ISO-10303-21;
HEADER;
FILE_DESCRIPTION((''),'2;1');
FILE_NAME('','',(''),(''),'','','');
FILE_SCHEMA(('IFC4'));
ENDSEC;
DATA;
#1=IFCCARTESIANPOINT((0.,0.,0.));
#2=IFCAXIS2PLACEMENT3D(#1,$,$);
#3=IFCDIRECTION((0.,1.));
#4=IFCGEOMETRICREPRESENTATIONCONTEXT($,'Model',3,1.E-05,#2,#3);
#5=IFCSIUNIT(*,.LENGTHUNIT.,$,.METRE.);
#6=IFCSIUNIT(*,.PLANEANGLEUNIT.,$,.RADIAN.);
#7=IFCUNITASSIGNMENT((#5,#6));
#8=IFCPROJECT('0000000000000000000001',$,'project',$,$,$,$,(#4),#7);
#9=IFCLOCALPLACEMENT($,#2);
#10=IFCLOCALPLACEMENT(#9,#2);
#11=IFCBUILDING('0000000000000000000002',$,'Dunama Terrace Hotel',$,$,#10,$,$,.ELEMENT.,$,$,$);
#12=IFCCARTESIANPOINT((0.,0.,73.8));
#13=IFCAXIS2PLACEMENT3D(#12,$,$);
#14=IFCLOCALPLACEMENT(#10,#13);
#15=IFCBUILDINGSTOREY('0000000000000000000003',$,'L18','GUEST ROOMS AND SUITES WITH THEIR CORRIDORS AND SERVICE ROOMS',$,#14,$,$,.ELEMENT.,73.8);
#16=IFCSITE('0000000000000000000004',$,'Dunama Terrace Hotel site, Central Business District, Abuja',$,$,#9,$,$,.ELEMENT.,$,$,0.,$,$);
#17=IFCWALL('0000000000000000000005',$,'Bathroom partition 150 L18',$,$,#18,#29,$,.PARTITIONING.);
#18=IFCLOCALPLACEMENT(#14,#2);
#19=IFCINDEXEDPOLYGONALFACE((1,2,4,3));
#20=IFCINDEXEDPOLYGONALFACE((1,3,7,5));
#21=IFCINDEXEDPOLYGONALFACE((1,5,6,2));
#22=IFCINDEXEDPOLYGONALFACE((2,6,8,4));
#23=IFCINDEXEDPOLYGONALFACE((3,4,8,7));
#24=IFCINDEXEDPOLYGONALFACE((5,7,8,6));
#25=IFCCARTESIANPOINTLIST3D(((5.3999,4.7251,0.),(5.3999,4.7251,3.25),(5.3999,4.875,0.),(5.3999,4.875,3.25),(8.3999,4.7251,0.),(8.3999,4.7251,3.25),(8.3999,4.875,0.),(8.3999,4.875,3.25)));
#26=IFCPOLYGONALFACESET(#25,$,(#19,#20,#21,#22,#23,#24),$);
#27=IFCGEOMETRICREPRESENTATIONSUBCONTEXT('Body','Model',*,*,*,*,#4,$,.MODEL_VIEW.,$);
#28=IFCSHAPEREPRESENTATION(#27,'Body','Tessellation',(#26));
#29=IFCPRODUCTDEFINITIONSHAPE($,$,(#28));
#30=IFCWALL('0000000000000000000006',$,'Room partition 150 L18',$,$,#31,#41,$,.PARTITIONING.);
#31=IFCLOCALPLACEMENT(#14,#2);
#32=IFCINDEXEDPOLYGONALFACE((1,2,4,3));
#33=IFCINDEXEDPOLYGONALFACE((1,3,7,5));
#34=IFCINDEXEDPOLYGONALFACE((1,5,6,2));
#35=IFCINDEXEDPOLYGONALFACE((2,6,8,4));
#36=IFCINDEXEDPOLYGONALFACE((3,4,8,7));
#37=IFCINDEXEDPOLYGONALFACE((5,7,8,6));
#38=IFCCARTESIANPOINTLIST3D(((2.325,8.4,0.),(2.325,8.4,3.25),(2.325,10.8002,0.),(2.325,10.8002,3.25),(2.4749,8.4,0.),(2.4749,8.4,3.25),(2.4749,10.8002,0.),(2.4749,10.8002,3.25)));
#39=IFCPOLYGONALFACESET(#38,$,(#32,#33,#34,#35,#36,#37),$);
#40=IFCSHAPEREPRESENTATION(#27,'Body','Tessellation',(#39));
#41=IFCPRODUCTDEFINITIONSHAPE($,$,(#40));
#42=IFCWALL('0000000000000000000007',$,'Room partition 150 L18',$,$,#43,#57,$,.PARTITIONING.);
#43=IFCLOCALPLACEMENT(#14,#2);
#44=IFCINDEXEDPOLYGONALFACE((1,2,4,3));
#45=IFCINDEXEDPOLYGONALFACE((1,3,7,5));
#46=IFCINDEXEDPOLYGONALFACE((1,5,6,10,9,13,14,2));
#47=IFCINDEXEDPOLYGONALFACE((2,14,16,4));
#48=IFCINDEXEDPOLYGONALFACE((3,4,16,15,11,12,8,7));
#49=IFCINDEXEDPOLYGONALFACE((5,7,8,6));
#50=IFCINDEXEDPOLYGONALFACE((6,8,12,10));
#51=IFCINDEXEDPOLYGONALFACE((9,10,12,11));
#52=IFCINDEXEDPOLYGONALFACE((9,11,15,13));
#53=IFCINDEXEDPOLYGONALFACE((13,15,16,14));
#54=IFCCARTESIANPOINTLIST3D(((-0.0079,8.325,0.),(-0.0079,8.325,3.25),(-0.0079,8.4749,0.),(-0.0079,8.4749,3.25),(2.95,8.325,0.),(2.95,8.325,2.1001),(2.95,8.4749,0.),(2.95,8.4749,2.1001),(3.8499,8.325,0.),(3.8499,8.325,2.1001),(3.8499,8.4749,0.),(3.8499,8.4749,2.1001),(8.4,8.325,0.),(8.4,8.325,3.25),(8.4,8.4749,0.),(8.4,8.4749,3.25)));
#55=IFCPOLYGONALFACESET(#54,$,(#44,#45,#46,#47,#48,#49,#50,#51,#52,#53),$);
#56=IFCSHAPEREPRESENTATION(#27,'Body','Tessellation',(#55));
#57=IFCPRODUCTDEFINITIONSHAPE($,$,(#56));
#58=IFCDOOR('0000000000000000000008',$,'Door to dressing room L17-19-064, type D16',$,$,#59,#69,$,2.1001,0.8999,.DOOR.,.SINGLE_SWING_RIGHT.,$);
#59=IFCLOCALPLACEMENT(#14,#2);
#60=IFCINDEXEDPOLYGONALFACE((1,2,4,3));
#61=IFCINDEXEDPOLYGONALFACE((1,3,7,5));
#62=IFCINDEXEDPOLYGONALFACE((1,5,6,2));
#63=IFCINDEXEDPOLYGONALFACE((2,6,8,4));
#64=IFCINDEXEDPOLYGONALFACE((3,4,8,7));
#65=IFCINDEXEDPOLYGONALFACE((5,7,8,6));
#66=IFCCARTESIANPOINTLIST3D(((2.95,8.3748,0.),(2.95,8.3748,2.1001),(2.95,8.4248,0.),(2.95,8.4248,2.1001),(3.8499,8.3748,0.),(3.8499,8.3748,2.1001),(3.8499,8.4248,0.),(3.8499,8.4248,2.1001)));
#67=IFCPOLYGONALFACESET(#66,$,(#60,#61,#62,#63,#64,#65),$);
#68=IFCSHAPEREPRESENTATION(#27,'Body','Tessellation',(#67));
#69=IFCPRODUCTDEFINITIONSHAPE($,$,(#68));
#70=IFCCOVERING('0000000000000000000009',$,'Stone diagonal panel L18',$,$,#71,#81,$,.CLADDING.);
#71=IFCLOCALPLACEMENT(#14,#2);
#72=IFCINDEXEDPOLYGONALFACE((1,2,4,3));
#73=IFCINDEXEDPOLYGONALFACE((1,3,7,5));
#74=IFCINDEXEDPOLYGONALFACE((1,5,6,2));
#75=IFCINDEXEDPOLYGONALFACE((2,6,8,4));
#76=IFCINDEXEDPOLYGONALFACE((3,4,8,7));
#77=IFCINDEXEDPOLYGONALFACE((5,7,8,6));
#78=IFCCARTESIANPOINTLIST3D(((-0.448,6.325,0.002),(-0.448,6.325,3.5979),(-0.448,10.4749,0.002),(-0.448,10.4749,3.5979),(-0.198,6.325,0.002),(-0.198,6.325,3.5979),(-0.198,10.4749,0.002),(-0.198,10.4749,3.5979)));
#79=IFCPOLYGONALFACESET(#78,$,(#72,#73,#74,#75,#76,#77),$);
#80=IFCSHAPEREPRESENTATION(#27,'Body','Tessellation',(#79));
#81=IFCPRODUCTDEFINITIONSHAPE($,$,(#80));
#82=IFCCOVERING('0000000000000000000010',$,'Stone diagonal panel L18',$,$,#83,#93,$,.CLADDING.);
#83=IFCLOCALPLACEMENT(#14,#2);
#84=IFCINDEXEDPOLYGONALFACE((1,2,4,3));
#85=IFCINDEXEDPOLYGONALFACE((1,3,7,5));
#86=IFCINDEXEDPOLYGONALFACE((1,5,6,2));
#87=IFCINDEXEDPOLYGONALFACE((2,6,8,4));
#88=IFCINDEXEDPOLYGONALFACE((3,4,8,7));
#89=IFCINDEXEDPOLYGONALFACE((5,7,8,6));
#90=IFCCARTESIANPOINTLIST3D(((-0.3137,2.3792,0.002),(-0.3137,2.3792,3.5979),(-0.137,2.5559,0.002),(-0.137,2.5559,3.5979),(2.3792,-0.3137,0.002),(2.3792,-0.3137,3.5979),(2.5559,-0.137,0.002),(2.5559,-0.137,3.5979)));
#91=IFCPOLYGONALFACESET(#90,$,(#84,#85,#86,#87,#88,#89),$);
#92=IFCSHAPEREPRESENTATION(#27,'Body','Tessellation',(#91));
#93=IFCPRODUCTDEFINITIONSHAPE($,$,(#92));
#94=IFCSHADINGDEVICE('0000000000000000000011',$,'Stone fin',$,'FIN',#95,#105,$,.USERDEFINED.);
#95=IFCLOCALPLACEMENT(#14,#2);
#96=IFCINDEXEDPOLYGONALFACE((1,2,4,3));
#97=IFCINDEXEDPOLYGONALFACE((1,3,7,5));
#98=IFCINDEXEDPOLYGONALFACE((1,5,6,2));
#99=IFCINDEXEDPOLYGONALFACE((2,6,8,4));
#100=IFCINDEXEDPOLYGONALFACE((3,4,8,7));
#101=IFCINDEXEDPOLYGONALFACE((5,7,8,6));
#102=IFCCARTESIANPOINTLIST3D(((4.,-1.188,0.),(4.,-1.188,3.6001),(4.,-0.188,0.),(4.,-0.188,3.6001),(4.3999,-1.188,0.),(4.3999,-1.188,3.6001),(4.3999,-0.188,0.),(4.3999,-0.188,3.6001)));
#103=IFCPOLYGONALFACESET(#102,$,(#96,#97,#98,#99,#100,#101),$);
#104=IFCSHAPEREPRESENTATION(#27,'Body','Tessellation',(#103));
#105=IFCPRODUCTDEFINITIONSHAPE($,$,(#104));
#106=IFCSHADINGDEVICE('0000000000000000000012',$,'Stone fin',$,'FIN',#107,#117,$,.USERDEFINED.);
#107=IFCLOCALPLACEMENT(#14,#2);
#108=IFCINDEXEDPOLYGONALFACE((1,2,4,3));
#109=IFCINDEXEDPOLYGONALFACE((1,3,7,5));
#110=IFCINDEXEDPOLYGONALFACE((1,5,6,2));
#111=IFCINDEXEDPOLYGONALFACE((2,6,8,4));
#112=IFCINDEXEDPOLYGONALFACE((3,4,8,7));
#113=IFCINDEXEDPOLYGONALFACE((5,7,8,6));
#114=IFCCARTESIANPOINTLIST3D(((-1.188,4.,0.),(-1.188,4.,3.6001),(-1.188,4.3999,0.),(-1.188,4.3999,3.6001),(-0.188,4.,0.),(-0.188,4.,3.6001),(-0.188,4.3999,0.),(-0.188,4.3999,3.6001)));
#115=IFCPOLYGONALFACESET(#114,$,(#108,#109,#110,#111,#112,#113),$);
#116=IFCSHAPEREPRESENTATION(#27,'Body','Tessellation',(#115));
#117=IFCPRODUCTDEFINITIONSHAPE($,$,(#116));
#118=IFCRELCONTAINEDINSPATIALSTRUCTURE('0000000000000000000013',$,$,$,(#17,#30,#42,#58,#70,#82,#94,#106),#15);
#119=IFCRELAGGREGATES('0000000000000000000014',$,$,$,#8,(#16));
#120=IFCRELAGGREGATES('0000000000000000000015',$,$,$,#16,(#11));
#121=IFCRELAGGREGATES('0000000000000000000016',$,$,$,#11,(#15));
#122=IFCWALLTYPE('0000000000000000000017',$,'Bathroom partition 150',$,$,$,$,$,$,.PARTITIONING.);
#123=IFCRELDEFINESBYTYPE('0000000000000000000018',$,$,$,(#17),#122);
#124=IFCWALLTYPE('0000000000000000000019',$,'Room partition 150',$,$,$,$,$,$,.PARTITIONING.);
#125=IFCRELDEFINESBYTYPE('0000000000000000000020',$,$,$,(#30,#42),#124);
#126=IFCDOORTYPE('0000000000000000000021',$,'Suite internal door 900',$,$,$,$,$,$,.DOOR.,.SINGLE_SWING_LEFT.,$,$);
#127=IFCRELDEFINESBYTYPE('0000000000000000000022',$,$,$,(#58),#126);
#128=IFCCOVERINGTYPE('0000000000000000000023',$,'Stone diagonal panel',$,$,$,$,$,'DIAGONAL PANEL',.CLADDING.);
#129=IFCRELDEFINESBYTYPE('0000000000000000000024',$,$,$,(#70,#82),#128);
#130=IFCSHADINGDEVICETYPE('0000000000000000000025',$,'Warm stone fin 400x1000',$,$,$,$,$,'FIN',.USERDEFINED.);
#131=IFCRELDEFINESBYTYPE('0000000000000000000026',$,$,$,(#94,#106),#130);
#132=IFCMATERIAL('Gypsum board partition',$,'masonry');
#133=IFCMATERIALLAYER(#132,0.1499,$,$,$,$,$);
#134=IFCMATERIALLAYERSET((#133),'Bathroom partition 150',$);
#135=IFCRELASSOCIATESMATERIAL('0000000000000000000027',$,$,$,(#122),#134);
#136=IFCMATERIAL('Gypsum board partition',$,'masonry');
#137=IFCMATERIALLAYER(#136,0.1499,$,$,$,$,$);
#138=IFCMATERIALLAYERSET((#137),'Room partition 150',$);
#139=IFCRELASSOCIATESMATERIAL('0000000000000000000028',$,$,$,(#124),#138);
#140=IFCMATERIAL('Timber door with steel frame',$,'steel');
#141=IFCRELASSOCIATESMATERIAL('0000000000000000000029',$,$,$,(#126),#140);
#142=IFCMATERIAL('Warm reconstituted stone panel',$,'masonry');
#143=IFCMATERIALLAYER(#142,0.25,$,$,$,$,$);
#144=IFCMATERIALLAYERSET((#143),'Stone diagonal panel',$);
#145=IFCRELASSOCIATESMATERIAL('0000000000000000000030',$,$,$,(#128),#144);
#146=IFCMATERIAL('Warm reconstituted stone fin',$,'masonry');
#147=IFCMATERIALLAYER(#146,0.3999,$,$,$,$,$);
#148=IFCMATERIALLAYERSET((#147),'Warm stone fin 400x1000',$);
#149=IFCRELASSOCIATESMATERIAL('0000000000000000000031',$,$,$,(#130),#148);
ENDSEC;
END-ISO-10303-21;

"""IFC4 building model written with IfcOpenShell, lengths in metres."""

from ifc_helpers import new_model, si_unit, direction, frame, frame_2d, origin, origin_2d, place, context, subcontext, project, spatial, rectangle, extrude, material, layer, layer_set, type_object, element, fill, save


model = new_model("IFC4")

# Units and contexts
model_context = context("Model", 3, precision=1e-05, world=origin(), true_north=direction((0.0, 1.0)))
body_context = subcontext(model_context, "Body", "Model", "MODEL_VIEW")
ifc_project = project(units=[si_unit("LENGTHUNIT", "METRE"), si_unit("PLANEANGLEUNIT", "RADIAN")], contexts=[model_context])

# Site, building, storey
site_placement = place(None, origin())
site = spatial("IfcSite", under=ifc_project, at=site_placement, Name="Dunama Terrace Hotel site, Central Business District, Abuja", CompositionType="ELEMENT", RefElevation=0.0)
building_placement = place(site_placement, origin())
building = spatial("IfcBuilding", under=site, at=building_placement, Name="Dunama Terrace Hotel", CompositionType="ELEMENT")
storey_placement = place(building_placement, frame((0.0, 0.0, 73.8)))
storey = spatial("IfcBuildingStorey", under=building, at=storey_placement, Name="L18", Description="GUEST ROOMS AND SUITES WITH THEIR CORRIDORS AND SERVICE ROOMS", CompositionType="ELEMENT", Elevation=73.8)

# Shared definitions
ifc_material_1 = material(Name="Gypsum board partition", Category="masonry")
ifc_layer_1 = layer(ifc_material_1, 0.1499)
ifc_layer_set_1 = layer_set([ifc_layer_1], Name="Bathroom partition 150")
wall_type_1 = type_object("IfcWallType", Name="Bathroom partition 150", PredefinedType="PARTITIONING", material=ifc_layer_set_1)

# Walls
wall_1_placement = place(storey_placement, frame((5.3999, 4.8, 0.0), z_axis=(0.0, 0.0, 1.0), x_axis=(1.0, 0.0, 0.0)))
element("IfcWall", 1, at=wall_1_placement, inside=storey, type_object=wall_type_1, Name="Bathroom partition 150 L18", PredefinedType="PARTITIONING", context=body_context, shape_type="SweptSolid", body=[
    extrude(rectangle(XDim=3.0, YDim=0.1499, at=frame_2d((1.5, 0.0))), origin(), (0.0, 0.0, 1.0), 3.25),
])
ifc_material_2 = material(Name="Gypsum board partition", Category="masonry")
ifc_layer_2 = layer(ifc_material_2, 0.1499)
ifc_layer_set_2 = layer_set([ifc_layer_2], Name="Room partition 150")
wall_type_2 = type_object("IfcWallType", Name="Room partition 150", PredefinedType="PARTITIONING", material=ifc_layer_set_2)
wall_2_placement = place(storey_placement, frame((2.3999, 8.3999, 0.0), z_axis=(0.0, 0.0, 1.0), x_axis=(0.0, 1.0, 0.0)))
element("IfcWall", 2, at=wall_2_placement, inside=storey, type_object=wall_type_2, Name="Room partition 150 L18", PredefinedType="PARTITIONING", context=body_context, shape_type="SweptSolid", body=[
    extrude(rectangle(XDim=2.4001, YDim=0.1499, at=frame_2d((1.2002, 0.0))), origin(), (0.0, 0.0, 1.0), 3.25),
])

# Wall, opening, door
wall_3_placement = place(storey_placement, frame((-0.0081, 8.3999, 0.0), z_axis=(0.0, 0.0, 1.0), x_axis=(1.0, 0.0, 0.0)))
wall_3 = element("IfcWall", 3, at=wall_3_placement, inside=storey, type_object=wall_type_2, Name="Room partition 150 L18", PredefinedType="PARTITIONING", context=body_context, shape_type="SweptSolid", body=[
    extrude(rectangle(XDim=8.408, YDim=0.1499, at=frame_2d((4.2041, 0.0))), origin(), (0.0, 0.0, 1.0), 3.25),
])
opening_1_placement = place(wall_3_placement, frame((2.958, 0.0, 0.0)))
opening_1 = element("IfcOpeningElement", 4, at=opening_1_placement, cuts=wall_3, PredefinedType="OPENING", context=body_context, shape_type="SweptSolid", body=[
    extrude(rectangle(XDim=0.8999, YDim=2.1001, at=frame_2d((0.45, 1.05))), frame((0.0, 0.085, 0.0), z_axis=(0.0, -1.0, 0.0), x_axis=(1.0, 0.0, 0.0)), (0.0, 0.0, 1.0), 0.1699),
])
ifc_material_3 = material(Name="Timber door with steel frame", Category="steel")
door_type_1 = type_object("IfcDoorType", Name="Suite internal door 900", OperationType="SINGLE_SWING_LEFT", PredefinedType="DOOR", material=ifc_material_3)
door_1_placement = place(opening_1_placement, origin())
door_1 = element("IfcDoor", 5, at=door_1_placement, inside=storey, type_object=door_type_1, Name="Door to dressing room L17-19-064, type D16", OperationType="SINGLE_SWING_RIGHT", OverallHeight=2.1001, OverallWidth=0.8999, PredefinedType="DOOR", context=body_context, shape_type="SweptSolid", body=[
    extrude(rectangle(XDim=0.8999, YDim=2.1001, at=frame_2d((0.45, 1.05))), frame((0.0, 0.0249, 0.0), z_axis=(0.0, -1.0, 0.0), x_axis=(1.0, 0.0, 0.0)), (0.0, 0.0, 1.0), 0.05),
])
fill(opening_1, door_1)

# Coverings
ifc_material_4 = material(Name="Warm reconstituted stone panel", Category="masonry")
ifc_layer_3 = layer(ifc_material_4, 0.25)
ifc_layer_set_3 = layer_set([ifc_layer_3], Name="Stone diagonal panel")
covering_type = type_object("IfcCoveringType", Name="Stone diagonal panel", ElementType="DIAGONAL PANEL", PredefinedType="CLADDING", material=ifc_layer_set_3)
covering_1_placement = place(storey_placement, frame((-0.323, 8.3999, 0.002), z_axis=(0.0, 0.0, 1.0), x_axis=(0.0, -1.0, 0.0)))
element("IfcCovering", 6, at=covering_1_placement, inside=storey, type_object=covering_type, Name="Stone diagonal panel L18", PredefinedType="CLADDING", context=body_context, shape_type="SweptSolid", body=[
    extrude(rectangle(XDim=4.1499, YDim=0.25, at=origin_2d()), origin(), (0.0, 0.0, 1.0), 3.5959),
])
covering_2_placement = place(storey_placement, frame((1.1211, 1.1211, 0.002), z_axis=(0.0, 0.0, 1.0), x_axis=(0.707107, -0.707107, 0.0)))
element("IfcCovering", 7, at=covering_2_placement, inside=storey, type_object=covering_type, Name="Stone diagonal panel L18", PredefinedType="CLADDING", context=body_context, shape_type="SweptSolid", body=[
    extrude(rectangle(XDim=3.8083, YDim=0.25, at=origin_2d()), origin(), (0.0, 0.0, 1.0), 3.5959),
])

# Shading devices
ifc_material_5 = material(Name="Warm reconstituted stone fin", Category="masonry")
ifc_layer_4 = layer(ifc_material_5, 0.3999)
ifc_layer_set_4 = layer_set([ifc_layer_4], Name="Warm stone fin 400x1000")
shading_device_type = type_object("IfcShadingDeviceType", Name="Warm stone fin 400x1000", ElementType="FIN", PredefinedType="USERDEFINED", material=ifc_layer_set_4)
for number, where, z_axis, x_axis, name in (
    (8, (4.2, -0.688, 0.0), (0.0, 0.0, 1.0), (1.0, 0.0, 0.0), "Stone fin"),
    (9, (-0.688, 4.2, 0.0), (0.0, 0.0, 1.0), (0.0, -1.0, 0.0), "Stone fin"),
):
    element("IfcShadingDevice", number, at=place(storey_placement, frame(where, z_axis=z_axis, x_axis=x_axis)), inside=storey, type_object=shading_device_type, Name=name, ObjectType="FIN", PredefinedType="USERDEFINED", context=body_context, shape_type="SweptSolid", body=[
        extrude(rectangle(XDim=0.3999, YDim=1.0, at=origin_2d()), origin(), (0.0, 0.0, 1.0), 3.6001),
    ])

save(model, "model.ifc")
